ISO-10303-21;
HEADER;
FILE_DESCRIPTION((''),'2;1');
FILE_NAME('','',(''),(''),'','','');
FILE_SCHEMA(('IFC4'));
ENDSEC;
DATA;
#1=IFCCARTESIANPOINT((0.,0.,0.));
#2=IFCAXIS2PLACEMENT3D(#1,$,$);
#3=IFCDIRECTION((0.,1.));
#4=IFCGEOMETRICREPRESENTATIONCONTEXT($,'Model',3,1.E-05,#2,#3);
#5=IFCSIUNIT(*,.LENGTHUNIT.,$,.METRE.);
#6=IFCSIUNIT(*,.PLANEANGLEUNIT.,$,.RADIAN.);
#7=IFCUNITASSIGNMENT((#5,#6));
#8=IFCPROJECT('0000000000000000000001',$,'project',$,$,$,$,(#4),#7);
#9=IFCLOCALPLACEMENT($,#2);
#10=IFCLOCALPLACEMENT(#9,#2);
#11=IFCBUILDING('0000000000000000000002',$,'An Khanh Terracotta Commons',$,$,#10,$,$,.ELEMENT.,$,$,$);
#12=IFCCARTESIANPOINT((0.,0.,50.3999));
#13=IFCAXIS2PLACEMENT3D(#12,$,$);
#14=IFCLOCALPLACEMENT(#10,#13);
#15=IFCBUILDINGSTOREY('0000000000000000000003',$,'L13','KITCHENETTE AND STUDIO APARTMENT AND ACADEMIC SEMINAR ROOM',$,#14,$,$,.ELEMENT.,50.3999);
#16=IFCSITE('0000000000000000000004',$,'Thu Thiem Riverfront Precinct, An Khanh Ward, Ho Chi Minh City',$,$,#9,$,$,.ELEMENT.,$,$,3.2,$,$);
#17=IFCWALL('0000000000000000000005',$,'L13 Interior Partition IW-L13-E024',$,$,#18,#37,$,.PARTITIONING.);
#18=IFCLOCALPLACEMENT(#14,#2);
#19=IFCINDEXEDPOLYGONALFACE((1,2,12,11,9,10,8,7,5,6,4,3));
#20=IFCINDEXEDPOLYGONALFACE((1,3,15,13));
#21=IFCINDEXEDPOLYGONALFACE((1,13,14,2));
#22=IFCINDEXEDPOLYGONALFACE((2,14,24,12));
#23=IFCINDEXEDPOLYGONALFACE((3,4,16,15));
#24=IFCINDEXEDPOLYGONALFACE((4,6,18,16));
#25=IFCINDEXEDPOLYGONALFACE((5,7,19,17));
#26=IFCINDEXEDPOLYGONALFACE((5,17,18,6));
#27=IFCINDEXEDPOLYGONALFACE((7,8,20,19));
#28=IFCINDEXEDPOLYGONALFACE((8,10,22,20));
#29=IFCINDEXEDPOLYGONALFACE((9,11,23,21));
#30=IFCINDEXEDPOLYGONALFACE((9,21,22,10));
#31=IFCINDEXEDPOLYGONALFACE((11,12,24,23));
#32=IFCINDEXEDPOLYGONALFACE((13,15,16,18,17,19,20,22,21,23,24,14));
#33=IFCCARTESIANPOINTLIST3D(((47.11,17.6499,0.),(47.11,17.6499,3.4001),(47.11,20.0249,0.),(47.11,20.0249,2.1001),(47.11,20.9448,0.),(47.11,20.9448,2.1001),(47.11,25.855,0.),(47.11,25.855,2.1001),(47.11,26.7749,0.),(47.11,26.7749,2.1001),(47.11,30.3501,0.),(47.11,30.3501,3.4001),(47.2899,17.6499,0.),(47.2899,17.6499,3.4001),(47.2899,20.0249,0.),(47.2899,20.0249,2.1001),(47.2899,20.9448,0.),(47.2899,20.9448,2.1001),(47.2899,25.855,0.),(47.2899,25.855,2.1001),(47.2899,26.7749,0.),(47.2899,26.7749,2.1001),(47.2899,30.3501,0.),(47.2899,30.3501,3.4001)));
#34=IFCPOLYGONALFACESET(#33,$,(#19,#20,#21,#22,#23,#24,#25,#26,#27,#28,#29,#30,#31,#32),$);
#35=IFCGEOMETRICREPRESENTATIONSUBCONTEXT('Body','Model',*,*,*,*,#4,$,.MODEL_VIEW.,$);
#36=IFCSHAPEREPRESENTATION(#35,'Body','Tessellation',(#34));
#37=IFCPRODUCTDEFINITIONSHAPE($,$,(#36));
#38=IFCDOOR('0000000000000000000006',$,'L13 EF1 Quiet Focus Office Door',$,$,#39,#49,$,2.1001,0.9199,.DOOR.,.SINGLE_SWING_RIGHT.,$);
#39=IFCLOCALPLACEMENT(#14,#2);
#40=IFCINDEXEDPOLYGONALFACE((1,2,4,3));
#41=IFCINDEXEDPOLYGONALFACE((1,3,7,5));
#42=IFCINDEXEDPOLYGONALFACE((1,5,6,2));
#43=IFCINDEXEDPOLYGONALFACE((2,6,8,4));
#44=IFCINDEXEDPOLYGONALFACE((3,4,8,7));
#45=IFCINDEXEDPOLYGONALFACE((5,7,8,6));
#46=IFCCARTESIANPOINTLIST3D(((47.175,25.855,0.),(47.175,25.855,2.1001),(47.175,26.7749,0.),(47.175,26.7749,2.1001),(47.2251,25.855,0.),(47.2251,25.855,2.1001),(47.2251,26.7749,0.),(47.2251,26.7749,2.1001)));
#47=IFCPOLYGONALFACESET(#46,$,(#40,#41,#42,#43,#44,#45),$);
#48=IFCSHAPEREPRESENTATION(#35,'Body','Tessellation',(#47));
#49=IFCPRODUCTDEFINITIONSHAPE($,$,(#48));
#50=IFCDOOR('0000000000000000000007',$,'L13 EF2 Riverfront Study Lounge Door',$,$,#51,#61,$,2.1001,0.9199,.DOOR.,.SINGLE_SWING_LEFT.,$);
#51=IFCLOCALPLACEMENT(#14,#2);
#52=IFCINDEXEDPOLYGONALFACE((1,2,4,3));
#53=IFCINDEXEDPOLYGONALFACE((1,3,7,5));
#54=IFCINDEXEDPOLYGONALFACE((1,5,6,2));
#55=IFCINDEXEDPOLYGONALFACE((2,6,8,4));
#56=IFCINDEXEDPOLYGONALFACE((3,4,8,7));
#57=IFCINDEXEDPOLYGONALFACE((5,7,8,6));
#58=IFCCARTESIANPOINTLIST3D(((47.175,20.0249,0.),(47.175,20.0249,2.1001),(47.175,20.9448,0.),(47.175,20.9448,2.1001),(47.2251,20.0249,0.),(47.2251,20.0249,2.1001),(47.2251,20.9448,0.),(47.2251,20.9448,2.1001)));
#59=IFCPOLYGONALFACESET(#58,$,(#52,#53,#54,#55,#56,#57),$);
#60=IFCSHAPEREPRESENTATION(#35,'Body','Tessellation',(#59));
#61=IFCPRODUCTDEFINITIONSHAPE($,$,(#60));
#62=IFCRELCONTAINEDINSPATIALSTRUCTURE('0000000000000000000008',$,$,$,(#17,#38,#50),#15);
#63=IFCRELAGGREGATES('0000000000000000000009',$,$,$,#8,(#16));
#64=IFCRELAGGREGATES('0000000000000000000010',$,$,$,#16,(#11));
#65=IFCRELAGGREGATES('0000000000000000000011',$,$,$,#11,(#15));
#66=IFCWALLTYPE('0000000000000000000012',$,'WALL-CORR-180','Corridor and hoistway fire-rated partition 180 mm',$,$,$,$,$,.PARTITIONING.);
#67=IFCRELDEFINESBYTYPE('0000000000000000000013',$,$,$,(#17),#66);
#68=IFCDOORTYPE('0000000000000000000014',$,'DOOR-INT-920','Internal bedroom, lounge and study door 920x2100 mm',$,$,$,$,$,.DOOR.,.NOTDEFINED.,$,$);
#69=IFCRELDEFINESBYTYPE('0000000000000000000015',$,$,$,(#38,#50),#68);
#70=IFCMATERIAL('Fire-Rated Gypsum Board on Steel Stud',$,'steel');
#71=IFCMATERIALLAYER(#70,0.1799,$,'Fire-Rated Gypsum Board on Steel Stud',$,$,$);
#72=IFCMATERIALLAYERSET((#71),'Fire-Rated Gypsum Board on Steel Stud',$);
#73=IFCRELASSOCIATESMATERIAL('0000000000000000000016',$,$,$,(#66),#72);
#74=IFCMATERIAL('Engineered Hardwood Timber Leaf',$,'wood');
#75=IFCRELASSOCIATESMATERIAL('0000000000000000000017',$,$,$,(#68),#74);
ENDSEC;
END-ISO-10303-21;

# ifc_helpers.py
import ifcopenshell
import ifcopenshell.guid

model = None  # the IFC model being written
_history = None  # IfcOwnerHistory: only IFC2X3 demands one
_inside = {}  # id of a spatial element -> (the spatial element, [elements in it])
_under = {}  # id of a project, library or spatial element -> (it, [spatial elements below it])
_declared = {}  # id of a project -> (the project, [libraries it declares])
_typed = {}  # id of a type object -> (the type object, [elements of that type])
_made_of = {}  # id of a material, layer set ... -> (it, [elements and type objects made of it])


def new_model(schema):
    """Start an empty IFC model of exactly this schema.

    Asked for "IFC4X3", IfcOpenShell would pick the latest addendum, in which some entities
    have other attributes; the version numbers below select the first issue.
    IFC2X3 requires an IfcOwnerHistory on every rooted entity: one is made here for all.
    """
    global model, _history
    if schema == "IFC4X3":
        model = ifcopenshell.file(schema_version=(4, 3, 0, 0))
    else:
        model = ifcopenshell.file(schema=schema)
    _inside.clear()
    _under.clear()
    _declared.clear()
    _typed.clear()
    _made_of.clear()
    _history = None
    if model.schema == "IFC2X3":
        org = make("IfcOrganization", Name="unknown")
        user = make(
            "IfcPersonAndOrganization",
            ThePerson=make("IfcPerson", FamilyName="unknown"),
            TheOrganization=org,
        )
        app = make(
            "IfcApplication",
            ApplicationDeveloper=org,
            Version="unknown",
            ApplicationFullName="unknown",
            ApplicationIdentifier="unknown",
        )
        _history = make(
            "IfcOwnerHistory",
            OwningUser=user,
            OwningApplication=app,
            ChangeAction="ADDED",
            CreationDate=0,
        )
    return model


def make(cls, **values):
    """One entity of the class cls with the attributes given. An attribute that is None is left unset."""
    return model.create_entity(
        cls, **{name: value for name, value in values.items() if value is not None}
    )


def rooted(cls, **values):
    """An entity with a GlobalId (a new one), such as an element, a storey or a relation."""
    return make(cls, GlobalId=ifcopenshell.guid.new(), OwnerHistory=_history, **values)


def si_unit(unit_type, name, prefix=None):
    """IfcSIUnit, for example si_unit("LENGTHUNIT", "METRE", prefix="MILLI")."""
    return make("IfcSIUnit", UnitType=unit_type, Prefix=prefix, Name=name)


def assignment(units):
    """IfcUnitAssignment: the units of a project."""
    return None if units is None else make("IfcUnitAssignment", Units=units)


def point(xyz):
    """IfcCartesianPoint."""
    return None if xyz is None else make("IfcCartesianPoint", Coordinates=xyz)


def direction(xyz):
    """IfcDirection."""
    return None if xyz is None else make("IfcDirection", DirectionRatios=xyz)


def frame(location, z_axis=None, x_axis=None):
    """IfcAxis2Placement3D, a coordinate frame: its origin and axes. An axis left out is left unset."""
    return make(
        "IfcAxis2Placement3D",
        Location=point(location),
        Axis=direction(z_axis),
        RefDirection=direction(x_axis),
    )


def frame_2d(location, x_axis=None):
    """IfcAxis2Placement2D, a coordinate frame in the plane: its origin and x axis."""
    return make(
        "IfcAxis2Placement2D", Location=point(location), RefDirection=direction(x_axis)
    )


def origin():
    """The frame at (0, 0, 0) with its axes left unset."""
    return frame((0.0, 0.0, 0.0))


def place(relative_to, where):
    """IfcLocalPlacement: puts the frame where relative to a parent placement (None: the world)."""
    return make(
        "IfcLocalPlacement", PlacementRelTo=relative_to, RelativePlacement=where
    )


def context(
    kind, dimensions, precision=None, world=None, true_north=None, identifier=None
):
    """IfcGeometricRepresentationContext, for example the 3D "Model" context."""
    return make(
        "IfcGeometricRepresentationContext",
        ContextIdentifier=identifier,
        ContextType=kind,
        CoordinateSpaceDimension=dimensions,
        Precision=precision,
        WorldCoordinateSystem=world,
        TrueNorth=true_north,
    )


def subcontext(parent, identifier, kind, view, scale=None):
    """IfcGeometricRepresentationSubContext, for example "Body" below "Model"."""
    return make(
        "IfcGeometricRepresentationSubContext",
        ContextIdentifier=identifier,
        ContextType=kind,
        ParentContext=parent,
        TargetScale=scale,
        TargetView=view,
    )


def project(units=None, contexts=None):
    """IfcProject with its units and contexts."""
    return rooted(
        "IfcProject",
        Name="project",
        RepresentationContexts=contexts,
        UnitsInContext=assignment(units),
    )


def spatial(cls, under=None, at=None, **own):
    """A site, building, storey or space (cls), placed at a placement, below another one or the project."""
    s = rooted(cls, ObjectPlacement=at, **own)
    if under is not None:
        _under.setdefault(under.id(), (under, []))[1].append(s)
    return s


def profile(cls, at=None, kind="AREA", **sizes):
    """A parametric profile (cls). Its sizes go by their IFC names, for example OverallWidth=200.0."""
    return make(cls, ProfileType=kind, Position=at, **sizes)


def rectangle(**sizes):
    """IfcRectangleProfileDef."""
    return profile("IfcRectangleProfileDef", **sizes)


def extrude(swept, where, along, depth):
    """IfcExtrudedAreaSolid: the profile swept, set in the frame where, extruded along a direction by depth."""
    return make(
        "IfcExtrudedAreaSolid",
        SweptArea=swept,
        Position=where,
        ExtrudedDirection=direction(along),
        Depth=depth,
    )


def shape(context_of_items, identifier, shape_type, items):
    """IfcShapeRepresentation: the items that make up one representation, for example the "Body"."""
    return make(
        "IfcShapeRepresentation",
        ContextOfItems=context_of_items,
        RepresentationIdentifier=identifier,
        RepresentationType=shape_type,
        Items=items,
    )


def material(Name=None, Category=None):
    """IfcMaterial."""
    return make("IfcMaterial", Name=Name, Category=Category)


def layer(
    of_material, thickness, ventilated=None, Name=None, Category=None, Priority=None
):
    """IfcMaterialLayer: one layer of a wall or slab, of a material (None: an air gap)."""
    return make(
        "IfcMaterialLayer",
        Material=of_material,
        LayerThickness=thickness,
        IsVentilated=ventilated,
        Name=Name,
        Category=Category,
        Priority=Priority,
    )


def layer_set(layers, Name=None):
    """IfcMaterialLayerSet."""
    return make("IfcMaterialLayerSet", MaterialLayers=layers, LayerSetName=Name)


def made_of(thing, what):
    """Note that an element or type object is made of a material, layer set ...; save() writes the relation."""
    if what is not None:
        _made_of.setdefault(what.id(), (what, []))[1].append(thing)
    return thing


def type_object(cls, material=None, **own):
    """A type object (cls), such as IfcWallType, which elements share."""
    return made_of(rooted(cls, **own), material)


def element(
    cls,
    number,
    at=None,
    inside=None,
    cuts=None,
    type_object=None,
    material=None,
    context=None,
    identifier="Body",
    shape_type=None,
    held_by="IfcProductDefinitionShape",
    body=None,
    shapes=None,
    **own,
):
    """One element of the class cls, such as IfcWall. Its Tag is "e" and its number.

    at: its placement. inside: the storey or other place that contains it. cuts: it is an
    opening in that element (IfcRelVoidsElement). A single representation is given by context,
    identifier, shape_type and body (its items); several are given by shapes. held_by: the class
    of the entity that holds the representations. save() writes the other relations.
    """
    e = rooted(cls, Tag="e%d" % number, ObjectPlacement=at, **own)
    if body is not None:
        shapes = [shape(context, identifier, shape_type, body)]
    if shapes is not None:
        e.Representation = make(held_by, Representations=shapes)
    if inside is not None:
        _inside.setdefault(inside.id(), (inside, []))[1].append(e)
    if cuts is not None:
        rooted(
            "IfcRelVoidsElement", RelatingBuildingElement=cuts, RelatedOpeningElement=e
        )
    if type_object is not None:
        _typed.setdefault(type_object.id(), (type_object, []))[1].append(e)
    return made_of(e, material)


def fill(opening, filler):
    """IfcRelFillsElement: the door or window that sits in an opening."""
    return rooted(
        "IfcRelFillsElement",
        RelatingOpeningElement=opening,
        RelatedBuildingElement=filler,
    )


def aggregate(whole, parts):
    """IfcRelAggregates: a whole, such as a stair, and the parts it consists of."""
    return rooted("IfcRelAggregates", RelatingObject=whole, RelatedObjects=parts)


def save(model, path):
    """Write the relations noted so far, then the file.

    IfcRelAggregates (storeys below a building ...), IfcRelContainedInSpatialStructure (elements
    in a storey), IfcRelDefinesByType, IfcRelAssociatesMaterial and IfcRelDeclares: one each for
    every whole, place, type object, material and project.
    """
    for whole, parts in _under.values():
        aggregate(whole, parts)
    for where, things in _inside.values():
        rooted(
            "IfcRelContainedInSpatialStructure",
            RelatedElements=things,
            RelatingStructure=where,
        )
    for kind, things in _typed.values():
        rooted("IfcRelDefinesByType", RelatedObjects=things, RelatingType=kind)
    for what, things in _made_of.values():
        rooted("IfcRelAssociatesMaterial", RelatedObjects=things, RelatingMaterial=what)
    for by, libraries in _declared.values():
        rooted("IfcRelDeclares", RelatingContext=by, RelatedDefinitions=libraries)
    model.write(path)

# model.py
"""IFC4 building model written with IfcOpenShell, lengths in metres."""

from ifc_helpers import new_model, si_unit, direction, frame, frame_2d, origin, place, context, subcontext, project, spatial, rectangle, extrude, material, layer, layer_set, type_object, element, fill, save


model = new_model("IFC4")

# Units and contexts
model_context = context("Model", 3, precision=1e-05, world=origin(), true_north=direction((0.0, 1.0)))
body_context = subcontext(model_context, "Body", "Model", "MODEL_VIEW")
ifc_project = project(units=[si_unit("LENGTHUNIT", "METRE"), si_unit("PLANEANGLEUNIT", "RADIAN")], contexts=[model_context])

# Site, building, storey
site_placement = place(None, origin())
site = spatial("IfcSite", under=ifc_project, at=site_placement, Name="Thu Thiem Riverfront Precinct, An Khanh Ward, Ho Chi Minh City", CompositionType="ELEMENT", RefElevation=3.2)
building_placement = place(site_placement, origin())
building = spatial("IfcBuilding", under=site, at=building_placement, Name="An Khanh Terracotta Commons", CompositionType="ELEMENT")
storey_placement = place(building_placement, frame((0.0, 0.0, 50.3999)))
storey = spatial("IfcBuildingStorey", under=building, at=storey_placement, Name="L13", Description="KITCHENETTE AND STUDIO APARTMENT AND ACADEMIC SEMINAR ROOM", CompositionType="ELEMENT", Elevation=50.3999)

# Shared definitions
ifc_material_1 = material(Name="Fire-Rated Gypsum Board on Steel Stud", Category="steel")
ifc_layer_1 = layer(ifc_material_1, 0.1799, Name="Fire-Rated Gypsum Board on Steel Stud")
ifc_layer_set_1 = layer_set([ifc_layer_1], Name="Fire-Rated Gypsum Board on Steel Stud")
wall_type_1 = type_object("IfcWallType", Name="WALL-CORR-180", Description="Corridor and hoistway fire-rated partition 180 mm", PredefinedType="PARTITIONING", material=ifc_layer_set_1)
ifc_material_2 = material(Name="Engineered Hardwood Timber Leaf", Category="wood")
door_type_1 = type_object("IfcDoorType", Name="DOOR-INT-920", Description="Internal bedroom, lounge and study door 920x2100 mm", OperationType="NOTDEFINED", PredefinedType="DOOR", material=ifc_material_2)

# Wall, openings, doors
wall_1_placement = place(storey_placement, frame((47.2, 17.6499, 0.0), z_axis=(0.0, 0.0, 1.0), x_axis=(0.0, 1.0, 0.0)))
wall_1 = element("IfcWall", 1, at=wall_1_placement, inside=storey, type_object=wall_type_1, Name="L13 Interior Partition IW-L13-E024", PredefinedType="PARTITIONING", context=body_context, shape_type="SweptSolid", body=[
    extrude(rectangle(XDim=12.7002, YDim=0.1799, at=frame_2d((6.3501, 0.0))), origin(), (0.0, 0.0, 1.0), 3.4001),
])
opening_1_placement = place(wall_1_placement, frame((8.2051, 0.0, 0.0)))
opening_1 = element("IfcOpeningElement", 2, at=opening_1_placement, cuts=wall_1, PredefinedType="OPENING", context=body_context, shape_type="SweptSolid", body=[
    extrude(rectangle(XDim=0.9199, YDim=2.1001, at=frame_2d((0.46, 1.05))), frame((0.0, 0.0999, 0.0), z_axis=(0.0, -1.0, 0.0), x_axis=(1.0, 0.0, 0.0)), (0.0, 0.0, 1.0), 0.2),
])
opening_2_placement = place(wall_1_placement, frame((2.375, 0.0, 0.0)))
opening_2 = element("IfcOpeningElement", 3, at=opening_2_placement, cuts=wall_1, PredefinedType="OPENING", context=body_context, shape_type="SweptSolid", body=[
    extrude(rectangle(XDim=0.9199, YDim=2.1001, at=frame_2d((0.46, 1.05))), frame((0.0, 0.0999, 0.0), z_axis=(0.0, -1.0, 0.0), x_axis=(1.0, 0.0, 0.0)), (0.0, 0.0, 1.0), 0.2),
])
door_1_placement = place(opening_1_placement, origin())
door_1 = element("IfcDoor", 4, at=door_1_placement, inside=storey, type_object=door_type_1, Name="L13 EF1 Quiet Focus Office Door", OperationType="SINGLE_SWING_RIGHT", OverallHeight=2.1001, OverallWidth=0.9199, PredefinedType="DOOR", context=body_context, shape_type="SweptSolid", body=[
    extrude(rectangle(XDim=0.9199, YDim=2.1001, at=frame_2d((0.46, 1.05))), frame((0.0, 0.0249, 0.0), z_axis=(0.0, -1.0, 0.0), x_axis=(1.0, 0.0, 0.0)), (0.0, 0.0, 1.0), 0.05),
])
fill(opening_1, door_1)
door_2_placement = place(opening_2_placement, origin())
door_2 = element("IfcDoor", 5, at=door_2_placement, inside=storey, type_object=door_type_1, Name="L13 EF2 Riverfront Study Lounge Door", OperationType="SINGLE_SWING_LEFT", OverallHeight=2.1001, OverallWidth=0.9199, PredefinedType="DOOR", context=body_context, shape_type="SweptSolid", body=[
    extrude(rectangle(XDim=0.9199, YDim=2.1001, at=frame_2d((0.46, 1.05))), frame((0.0, 0.0249, 0.0), z_axis=(0.0, -1.0, 0.0), x_axis=(1.0, 0.0, 0.0)), (0.0, 0.0, 1.0), 0.05),
])
fill(opening_2, door_2)

save(model, "model.ifc")
